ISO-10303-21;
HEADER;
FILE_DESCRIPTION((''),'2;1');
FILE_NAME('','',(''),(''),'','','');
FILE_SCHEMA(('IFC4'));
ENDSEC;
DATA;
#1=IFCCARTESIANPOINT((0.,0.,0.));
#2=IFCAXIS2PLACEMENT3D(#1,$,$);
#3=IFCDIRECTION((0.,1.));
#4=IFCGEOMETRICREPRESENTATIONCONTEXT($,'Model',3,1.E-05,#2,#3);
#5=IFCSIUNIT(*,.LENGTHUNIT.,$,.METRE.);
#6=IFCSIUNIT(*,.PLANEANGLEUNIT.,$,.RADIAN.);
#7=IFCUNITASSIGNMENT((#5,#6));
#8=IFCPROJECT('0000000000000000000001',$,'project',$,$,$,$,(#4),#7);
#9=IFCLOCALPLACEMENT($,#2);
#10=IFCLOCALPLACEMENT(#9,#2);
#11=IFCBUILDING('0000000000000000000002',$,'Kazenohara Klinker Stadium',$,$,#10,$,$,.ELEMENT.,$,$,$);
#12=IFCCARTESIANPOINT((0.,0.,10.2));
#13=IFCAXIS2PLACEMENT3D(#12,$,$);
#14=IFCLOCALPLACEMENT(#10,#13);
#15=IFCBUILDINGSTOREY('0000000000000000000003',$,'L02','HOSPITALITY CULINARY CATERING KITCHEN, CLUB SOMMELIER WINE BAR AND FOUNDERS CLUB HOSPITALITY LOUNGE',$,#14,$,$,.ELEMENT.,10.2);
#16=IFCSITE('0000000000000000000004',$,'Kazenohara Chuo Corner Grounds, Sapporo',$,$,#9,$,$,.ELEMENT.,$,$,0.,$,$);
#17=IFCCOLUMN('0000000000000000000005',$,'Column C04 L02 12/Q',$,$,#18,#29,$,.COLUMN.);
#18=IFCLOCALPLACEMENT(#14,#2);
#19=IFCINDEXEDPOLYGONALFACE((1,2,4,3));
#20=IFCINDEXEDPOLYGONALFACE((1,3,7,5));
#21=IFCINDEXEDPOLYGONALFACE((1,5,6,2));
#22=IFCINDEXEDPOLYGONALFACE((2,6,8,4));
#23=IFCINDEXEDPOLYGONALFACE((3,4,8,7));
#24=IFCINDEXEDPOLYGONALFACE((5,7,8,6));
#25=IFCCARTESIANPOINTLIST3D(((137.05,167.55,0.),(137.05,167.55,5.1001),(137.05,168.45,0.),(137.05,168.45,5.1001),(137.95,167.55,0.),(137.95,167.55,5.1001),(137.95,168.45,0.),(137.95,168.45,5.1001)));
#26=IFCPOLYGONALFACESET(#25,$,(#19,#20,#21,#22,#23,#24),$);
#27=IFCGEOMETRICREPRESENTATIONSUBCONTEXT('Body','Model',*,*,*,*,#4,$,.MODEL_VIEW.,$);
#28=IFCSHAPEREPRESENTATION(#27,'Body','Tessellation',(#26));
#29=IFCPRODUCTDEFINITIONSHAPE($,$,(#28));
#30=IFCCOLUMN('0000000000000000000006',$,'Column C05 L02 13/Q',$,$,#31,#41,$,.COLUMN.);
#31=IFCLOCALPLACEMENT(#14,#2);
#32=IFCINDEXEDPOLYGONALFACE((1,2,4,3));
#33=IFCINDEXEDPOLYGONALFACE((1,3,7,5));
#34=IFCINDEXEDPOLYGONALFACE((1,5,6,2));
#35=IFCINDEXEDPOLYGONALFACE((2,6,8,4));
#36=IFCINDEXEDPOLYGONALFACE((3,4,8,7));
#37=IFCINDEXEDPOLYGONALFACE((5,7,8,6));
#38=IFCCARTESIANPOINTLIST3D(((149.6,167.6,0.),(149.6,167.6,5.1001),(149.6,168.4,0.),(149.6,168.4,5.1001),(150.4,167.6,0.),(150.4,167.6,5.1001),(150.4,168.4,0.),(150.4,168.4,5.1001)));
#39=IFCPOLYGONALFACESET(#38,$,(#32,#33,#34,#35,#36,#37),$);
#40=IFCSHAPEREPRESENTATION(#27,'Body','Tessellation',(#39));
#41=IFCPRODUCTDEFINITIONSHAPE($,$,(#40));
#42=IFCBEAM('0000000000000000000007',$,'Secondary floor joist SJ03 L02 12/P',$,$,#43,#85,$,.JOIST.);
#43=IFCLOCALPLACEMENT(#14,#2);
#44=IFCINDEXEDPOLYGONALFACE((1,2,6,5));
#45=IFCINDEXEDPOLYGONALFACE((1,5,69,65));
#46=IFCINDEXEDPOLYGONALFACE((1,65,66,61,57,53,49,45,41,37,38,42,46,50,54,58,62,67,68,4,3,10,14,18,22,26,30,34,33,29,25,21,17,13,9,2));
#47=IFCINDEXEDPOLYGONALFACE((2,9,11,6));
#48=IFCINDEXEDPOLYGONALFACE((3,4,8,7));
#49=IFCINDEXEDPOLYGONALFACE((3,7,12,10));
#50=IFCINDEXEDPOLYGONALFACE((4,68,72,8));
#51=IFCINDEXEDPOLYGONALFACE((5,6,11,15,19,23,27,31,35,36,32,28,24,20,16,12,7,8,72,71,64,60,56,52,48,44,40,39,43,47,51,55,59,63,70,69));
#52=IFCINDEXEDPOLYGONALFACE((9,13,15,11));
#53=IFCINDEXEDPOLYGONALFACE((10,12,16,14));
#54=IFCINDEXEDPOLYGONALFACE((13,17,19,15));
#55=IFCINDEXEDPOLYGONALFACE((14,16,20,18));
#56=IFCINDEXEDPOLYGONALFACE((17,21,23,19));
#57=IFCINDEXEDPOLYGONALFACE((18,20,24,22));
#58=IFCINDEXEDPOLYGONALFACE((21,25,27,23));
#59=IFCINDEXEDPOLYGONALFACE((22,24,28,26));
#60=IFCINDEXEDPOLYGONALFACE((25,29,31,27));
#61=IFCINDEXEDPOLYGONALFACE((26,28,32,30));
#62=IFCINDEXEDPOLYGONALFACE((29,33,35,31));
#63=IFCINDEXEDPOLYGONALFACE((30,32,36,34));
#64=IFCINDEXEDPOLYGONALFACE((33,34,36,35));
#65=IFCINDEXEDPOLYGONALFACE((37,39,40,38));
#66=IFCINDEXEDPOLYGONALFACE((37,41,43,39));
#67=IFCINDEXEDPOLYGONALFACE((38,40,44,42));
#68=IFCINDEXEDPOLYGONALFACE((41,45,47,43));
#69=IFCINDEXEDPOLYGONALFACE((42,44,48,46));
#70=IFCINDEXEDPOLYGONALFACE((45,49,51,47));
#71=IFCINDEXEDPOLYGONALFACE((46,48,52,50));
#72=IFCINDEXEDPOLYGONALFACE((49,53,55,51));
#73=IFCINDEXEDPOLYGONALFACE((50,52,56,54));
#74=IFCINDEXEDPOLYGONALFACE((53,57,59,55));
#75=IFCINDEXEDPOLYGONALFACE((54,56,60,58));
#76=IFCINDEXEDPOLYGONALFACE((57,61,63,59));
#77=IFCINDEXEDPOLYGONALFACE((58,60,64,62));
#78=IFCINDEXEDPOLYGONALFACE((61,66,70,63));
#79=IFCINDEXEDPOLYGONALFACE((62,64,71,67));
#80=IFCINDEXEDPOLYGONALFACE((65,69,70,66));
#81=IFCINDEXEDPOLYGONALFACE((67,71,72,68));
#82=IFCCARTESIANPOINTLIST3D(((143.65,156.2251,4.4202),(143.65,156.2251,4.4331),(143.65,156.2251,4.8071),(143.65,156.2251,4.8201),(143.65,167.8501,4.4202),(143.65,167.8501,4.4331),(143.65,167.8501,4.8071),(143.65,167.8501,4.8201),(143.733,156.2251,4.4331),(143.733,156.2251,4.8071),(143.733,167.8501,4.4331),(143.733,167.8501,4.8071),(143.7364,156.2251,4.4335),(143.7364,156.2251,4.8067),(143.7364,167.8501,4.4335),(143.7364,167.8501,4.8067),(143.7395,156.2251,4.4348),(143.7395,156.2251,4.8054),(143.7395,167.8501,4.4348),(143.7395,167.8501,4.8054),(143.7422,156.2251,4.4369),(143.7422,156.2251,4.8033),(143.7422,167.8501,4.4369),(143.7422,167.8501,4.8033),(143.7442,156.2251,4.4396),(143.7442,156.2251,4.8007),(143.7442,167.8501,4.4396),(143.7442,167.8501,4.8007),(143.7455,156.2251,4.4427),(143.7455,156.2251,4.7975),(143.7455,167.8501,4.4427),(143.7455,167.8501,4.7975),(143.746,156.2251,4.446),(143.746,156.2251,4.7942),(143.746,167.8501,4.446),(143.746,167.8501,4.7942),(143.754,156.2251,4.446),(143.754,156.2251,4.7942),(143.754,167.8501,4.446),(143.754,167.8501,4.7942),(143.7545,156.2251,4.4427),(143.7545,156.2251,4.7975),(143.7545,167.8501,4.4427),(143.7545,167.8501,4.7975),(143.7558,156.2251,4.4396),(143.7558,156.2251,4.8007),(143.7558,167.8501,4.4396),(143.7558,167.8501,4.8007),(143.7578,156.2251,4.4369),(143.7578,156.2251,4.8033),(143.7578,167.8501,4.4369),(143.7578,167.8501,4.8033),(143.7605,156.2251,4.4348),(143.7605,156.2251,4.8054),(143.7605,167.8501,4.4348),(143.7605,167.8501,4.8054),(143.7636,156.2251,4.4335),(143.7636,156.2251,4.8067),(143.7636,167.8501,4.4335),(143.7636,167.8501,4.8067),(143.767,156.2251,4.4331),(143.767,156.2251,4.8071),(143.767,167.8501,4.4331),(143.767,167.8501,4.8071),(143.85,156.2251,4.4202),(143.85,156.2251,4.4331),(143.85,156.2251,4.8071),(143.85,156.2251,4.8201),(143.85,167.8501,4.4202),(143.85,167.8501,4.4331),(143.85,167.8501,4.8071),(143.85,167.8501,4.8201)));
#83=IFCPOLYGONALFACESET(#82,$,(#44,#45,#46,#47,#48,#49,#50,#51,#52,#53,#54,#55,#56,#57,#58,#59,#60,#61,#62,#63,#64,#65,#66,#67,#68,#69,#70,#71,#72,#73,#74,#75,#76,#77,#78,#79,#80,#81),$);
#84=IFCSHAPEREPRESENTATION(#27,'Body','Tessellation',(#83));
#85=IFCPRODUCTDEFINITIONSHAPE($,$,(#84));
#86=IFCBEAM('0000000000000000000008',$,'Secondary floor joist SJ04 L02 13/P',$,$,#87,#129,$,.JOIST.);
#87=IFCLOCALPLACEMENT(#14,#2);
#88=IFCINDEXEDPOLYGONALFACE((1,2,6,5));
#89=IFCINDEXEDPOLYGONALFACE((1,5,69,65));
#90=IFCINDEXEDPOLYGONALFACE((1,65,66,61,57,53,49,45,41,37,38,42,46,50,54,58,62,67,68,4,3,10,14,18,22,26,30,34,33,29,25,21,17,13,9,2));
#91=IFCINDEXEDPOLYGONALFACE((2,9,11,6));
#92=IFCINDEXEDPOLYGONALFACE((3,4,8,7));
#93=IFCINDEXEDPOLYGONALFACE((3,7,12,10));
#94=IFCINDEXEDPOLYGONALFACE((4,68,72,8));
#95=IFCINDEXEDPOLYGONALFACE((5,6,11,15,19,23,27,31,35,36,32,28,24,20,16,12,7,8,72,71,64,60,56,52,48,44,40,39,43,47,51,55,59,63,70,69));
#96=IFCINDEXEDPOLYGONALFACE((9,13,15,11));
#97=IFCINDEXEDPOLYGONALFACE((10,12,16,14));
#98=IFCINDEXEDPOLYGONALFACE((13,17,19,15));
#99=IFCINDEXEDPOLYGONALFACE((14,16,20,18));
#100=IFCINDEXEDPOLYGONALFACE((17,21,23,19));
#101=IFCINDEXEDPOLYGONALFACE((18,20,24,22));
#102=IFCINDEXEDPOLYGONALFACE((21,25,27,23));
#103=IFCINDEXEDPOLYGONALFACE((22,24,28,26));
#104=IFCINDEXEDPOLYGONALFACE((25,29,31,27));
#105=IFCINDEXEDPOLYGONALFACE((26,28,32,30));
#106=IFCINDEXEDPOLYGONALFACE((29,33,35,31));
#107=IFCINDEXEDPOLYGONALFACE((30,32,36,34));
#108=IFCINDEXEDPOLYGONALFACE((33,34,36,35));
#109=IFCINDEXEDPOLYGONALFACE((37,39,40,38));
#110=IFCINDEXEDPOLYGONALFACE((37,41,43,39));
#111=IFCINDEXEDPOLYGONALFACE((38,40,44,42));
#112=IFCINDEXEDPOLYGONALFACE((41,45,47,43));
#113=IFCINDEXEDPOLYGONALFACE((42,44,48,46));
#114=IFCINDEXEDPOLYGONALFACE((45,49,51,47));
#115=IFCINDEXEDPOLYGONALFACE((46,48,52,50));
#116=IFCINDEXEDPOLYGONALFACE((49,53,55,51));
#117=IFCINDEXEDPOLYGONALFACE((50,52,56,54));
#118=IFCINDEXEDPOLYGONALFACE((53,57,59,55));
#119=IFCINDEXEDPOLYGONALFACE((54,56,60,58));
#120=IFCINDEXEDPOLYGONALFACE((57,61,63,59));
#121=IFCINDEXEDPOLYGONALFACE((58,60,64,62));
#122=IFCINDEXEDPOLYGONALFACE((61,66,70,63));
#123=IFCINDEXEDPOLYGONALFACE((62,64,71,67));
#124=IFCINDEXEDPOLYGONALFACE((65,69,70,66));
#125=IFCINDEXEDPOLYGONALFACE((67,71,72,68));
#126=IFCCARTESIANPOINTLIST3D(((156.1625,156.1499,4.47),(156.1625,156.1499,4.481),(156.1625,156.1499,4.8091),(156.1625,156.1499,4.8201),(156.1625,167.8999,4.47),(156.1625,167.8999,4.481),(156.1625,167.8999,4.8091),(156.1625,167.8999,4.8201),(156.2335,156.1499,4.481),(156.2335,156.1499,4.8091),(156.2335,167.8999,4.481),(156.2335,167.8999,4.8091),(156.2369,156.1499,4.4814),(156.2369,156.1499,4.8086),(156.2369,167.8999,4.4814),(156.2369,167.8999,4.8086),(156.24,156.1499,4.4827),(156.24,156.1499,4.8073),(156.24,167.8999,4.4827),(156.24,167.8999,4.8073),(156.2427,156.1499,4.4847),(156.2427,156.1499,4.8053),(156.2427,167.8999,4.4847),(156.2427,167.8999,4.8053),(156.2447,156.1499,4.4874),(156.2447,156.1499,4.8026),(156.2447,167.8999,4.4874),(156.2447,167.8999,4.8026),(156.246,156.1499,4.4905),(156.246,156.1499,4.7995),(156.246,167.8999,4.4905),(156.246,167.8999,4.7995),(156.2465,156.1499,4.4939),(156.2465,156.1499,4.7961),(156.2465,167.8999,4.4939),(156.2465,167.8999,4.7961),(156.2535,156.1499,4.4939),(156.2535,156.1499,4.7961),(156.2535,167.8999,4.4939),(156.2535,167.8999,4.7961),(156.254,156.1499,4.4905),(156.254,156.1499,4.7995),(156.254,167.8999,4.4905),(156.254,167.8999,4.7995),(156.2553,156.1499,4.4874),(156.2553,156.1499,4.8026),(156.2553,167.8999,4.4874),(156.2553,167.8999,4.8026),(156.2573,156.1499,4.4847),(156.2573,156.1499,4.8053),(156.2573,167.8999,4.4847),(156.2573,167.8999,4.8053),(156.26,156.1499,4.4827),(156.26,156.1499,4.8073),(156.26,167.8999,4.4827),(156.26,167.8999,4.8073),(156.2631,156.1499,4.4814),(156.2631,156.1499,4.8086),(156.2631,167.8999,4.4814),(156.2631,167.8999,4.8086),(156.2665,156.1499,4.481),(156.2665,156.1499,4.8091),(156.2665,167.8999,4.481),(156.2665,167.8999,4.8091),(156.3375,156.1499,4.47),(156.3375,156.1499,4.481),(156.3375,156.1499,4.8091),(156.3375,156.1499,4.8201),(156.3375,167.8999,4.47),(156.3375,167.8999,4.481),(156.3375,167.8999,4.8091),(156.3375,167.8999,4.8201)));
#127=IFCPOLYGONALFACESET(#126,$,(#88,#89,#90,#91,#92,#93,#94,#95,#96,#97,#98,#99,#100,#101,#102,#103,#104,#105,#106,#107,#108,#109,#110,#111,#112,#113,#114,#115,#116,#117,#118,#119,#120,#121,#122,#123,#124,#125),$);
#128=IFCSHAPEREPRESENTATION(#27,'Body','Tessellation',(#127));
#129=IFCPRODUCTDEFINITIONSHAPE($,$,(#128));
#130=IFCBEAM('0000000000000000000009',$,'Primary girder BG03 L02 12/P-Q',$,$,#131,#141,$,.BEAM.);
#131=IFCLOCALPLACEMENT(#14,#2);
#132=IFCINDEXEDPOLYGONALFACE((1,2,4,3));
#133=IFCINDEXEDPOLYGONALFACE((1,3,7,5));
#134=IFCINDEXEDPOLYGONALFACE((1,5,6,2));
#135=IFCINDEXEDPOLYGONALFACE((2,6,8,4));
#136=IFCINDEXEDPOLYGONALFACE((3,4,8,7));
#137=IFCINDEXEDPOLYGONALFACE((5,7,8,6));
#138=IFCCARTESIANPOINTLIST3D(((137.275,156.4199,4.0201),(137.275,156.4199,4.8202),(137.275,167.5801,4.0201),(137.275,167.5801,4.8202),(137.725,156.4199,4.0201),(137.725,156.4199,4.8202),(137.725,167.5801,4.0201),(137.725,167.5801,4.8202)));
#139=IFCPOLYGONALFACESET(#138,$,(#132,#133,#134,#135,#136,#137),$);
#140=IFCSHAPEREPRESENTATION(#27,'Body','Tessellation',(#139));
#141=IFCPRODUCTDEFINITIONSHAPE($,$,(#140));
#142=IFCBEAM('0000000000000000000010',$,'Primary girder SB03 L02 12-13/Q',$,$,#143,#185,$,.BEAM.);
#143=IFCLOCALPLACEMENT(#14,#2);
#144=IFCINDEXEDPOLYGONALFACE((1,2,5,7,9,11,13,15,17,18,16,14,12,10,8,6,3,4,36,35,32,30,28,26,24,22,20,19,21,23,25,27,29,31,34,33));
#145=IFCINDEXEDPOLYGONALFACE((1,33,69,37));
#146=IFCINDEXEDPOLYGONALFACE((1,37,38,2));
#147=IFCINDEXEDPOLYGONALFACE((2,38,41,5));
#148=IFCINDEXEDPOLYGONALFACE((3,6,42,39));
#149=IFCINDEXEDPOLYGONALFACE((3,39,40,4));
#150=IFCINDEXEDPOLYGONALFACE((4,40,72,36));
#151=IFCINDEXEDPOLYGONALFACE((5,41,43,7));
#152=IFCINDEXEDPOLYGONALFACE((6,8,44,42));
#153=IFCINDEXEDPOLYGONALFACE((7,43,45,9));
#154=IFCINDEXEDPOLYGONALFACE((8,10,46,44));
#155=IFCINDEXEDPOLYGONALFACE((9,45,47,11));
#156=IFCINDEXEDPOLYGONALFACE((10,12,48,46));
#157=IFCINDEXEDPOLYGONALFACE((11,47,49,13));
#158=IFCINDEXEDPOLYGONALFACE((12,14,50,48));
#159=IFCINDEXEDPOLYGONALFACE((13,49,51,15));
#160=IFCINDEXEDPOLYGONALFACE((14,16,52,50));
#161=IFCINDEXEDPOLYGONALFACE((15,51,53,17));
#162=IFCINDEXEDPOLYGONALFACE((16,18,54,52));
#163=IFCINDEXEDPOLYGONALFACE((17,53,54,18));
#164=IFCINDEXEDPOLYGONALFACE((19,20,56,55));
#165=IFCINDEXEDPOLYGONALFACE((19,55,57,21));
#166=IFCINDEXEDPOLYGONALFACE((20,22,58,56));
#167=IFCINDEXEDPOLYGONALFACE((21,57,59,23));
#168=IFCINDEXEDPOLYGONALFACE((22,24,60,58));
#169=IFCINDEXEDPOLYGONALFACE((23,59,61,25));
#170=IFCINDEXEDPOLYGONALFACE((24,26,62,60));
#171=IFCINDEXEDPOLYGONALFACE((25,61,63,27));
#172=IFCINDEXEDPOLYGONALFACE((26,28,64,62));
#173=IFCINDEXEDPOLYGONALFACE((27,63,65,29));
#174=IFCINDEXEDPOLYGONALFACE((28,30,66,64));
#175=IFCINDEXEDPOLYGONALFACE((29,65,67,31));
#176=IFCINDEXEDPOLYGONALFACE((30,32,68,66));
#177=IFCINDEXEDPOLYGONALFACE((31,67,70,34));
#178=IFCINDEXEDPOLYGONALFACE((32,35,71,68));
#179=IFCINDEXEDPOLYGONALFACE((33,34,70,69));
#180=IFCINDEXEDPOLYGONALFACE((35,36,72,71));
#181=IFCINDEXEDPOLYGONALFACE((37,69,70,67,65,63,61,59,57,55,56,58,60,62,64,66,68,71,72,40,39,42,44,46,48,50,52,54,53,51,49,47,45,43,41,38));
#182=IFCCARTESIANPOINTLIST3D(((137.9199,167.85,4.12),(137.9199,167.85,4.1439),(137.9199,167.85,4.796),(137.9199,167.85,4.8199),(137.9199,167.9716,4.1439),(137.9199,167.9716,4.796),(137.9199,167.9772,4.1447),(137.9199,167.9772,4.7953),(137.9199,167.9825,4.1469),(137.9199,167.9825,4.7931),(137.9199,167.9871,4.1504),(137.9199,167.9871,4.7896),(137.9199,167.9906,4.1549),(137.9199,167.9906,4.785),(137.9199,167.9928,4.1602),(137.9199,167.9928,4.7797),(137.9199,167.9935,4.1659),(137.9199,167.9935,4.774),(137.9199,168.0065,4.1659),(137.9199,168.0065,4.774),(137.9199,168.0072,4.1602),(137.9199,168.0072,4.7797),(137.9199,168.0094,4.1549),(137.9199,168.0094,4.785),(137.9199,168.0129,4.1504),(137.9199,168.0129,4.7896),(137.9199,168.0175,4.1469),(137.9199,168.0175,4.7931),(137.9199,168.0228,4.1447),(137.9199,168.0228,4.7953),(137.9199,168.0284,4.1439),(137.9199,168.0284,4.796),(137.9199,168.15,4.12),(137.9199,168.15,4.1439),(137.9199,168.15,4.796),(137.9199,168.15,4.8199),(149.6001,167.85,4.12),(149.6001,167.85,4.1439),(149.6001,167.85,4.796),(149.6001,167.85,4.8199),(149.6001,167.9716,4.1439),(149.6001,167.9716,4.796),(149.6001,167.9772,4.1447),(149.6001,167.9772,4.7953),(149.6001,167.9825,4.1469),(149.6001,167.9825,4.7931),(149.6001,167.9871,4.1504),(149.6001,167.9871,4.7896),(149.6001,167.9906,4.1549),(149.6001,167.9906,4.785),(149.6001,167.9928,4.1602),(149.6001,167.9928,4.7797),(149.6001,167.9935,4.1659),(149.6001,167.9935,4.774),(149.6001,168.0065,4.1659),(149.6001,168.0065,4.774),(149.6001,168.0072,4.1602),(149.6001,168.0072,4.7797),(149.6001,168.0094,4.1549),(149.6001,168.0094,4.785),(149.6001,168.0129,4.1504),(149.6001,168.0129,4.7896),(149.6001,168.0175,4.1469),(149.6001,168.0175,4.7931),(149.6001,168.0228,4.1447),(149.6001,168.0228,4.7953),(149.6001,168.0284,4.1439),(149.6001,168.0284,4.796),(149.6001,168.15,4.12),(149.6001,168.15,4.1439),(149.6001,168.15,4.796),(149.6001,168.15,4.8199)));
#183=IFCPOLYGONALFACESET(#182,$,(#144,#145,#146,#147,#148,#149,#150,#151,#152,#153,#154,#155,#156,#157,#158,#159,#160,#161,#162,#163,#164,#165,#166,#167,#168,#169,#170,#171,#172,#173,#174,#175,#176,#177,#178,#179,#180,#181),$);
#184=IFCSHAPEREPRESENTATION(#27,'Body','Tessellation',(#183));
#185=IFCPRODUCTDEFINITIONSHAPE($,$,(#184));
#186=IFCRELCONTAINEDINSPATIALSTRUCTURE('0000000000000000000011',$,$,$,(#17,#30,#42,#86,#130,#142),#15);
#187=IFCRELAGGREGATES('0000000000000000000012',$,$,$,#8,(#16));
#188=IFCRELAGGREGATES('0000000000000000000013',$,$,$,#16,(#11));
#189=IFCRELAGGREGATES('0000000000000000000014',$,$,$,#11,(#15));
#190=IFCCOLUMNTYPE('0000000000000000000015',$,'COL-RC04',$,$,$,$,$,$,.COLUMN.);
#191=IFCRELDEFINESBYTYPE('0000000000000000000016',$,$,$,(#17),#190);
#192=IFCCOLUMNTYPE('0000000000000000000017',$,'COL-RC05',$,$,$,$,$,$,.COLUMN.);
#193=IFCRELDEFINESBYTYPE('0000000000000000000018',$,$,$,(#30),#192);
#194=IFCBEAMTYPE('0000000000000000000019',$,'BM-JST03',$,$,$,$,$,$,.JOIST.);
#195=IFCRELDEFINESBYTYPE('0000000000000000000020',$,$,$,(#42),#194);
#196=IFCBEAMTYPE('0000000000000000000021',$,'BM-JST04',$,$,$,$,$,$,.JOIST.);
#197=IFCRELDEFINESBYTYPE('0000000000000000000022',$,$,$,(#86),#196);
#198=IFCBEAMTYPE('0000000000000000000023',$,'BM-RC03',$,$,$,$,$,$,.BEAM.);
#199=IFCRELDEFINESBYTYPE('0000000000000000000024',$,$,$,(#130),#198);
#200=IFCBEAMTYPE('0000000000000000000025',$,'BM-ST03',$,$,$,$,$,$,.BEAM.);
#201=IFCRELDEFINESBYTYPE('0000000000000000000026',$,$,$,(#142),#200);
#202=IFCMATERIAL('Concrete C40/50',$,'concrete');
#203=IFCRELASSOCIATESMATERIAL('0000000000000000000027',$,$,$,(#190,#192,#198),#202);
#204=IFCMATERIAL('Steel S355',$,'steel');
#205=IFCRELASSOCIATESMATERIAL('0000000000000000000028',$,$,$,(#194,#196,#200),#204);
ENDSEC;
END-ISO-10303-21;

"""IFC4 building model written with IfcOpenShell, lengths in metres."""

from ifc_helpers import new_model, si_unit, direction, frame, origin, origin_2d, place, context, subcontext, project, spatial, rectangle, i_section, extrude, material, material_profile, profile_set, type_object, element, save


model = new_model("IFC4")

# Units and contexts
model_context = context("Model", 3, precision=1e-05, world=origin(), true_north=direction((0.0, 1.0)))
body_context = subcontext(model_context, "Body", "Model", "MODEL_VIEW")
ifc_project = project(units=[si_unit("LENGTHUNIT", "METRE"), si_unit("PLANEANGLEUNIT", "RADIAN")], contexts=[model_context])

# Site, building, storey
site_placement = place(None, origin())
site = spatial("IfcSite", under=ifc_project, at=site_placement, Name="Kazenohara Chuo Corner Grounds, Sapporo", CompositionType="ELEMENT", RefElevation=0.0)
building_placement = place(site_placement, origin())
building = spatial("IfcBuilding", under=site, at=building_placement, Name="Kazenohara Klinker Stadium", CompositionType="ELEMENT")
storey_placement = place(building_placement, frame((0.0, 0.0, 10.2)))
storey = spatial("IfcBuildingStorey", under=building, at=storey_placement, Name="L02", Description="HOSPITALITY CULINARY CATERING KITCHEN, CLUB SOMMELIER WINE BAR AND FOUNDERS CLUB HOSPITALITY LOUNGE", CompositionType="ELEMENT", Elevation=10.2)

# Columns
ifc_material_1 = material(Name="Concrete C40/50", Category="concrete")
ifc_material_profile_1 = material_profile(ifc_material_1, rectangle(XDim=0.8999, YDim=0.8999, at=origin_2d()), Name="RC-COL-900x900")
ifc_profile_set_1 = profile_set([ifc_material_profile_1], Name="Concrete C40/50")
column_type_1 = type_object("IfcColumnType", Name="COL-RC04", PredefinedType="COLUMN", material=ifc_profile_set_1)
column_1_placement = place(storey_placement, frame((137.5, 168.0, 0.0), z_axis=(0.0, 0.0, 1.0), x_axis=(1.0, 0.0, 0.0)))
element("IfcColumn", 1, at=column_1_placement, inside=storey, type_object=column_type_1, Name="Column C04 L02 12/Q", PredefinedType="COLUMN", context=body_context, shape_type="SweptSolid", body=[
    extrude(rectangle(XDim=0.8999, YDim=0.8999, at=origin_2d()), origin(), (0.0, 0.0, 1.0), 5.1001),
])
ifc_material_profile_2 = material_profile(ifc_material_1, rectangle(XDim=0.8, YDim=0.8, at=origin_2d()), Name="RC-COL-800x800")
ifc_profile_set_2 = profile_set([ifc_material_profile_2], Name="Concrete C40/50")
column_type_2 = type_object("IfcColumnType", Name="COL-RC05", PredefinedType="COLUMN", material=ifc_profile_set_2)
column_2_placement = place(storey_placement, frame((150.0, 168.0, 0.0), z_axis=(0.0, 0.0, 1.0), x_axis=(1.0, 0.0, 0.0)))
element("IfcColumn", 2, at=column_2_placement, inside=storey, type_object=column_type_2, Name="Column C05 L02 13/Q", PredefinedType="COLUMN", context=body_context, shape_type="SweptSolid", body=[
    extrude(rectangle(XDim=0.8, YDim=0.8, at=origin_2d()), origin(), (0.0, 0.0, 1.0), 5.1001),
])

# Beams
ifc_material_2 = material(Name="Steel S355", Category="steel")
ifc_material_profile_3 = material_profile(ifc_material_2, i_section(OverallWidth=0.2, OverallDepth=0.3999, WebThickness=0.0081, FlangeThickness=0.0129, FilletRadius=0.0129, at=origin_2d()), Name="H-400x200x8x13")
ifc_profile_set_3 = profile_set([ifc_material_profile_3], Name="Steel S355")
beam_type_1 = type_object("IfcBeamType", Name="BM-JST03", PredefinedType="JOIST", material=ifc_profile_set_3)
beam_1_placement = place(storey_placement, frame((143.75, 156.2251, 4.6201), z_axis=(0.0, 1.0, 0.0), x_axis=(-1.0, 0.0, 0.0)))
element("IfcBeam", 3, at=beam_1_placement, inside=storey, type_object=beam_type_1, Name="Secondary floor joist SJ03 L02 12/P", PredefinedType="JOIST", context=body_context, shape_type="SweptSolid", body=[
    extrude(i_section(OverallWidth=0.2, OverallDepth=0.3999, WebThickness=0.0081, FlangeThickness=0.0129, FilletRadius=0.0129, at=origin_2d()), origin(), (0.0, 0.0, 1.0), 11.625),
])
ifc_material_profile_4 = material_profile(ifc_material_2, i_section(OverallWidth=0.175, OverallDepth=0.3501, WebThickness=0.0071, FlangeThickness=0.011, FilletRadius=0.0129, at=origin_2d()), Name="H-350x175x7x11")
ifc_profile_set_4 = profile_set([ifc_material_profile_4], Name="Steel S355")
beam_type_2 = type_object("IfcBeamType", Name="BM-JST04", PredefinedType="JOIST", material=ifc_profile_set_4)
beam_2_placement = place(storey_placement, frame((156.25, 156.1499, 4.645), z_axis=(0.0, 1.0, 0.0), x_axis=(-1.0, 0.0, 0.0)))
element("IfcBeam", 4, at=beam_2_placement, inside=storey, type_object=beam_type_2, Name="Secondary floor joist SJ04 L02 13/P", PredefinedType="JOIST", context=body_context, shape_type="SweptSolid", body=[
    extrude(i_section(OverallWidth=0.175, OverallDepth=0.3501, WebThickness=0.0071, FlangeThickness=0.011, FilletRadius=0.0129, at=origin_2d()), origin(), (0.0, 0.0, 1.0), 11.75),
])
ifc_material_profile_5 = material_profile(ifc_material_1, rectangle(XDim=0.45, YDim=0.8, at=origin_2d()), Name="RC-BM-450x800")
ifc_profile_set_5 = profile_set([ifc_material_profile_5], Name="Concrete C40/50")
beam_type_3 = type_object("IfcBeamType", Name="BM-RC03", PredefinedType="BEAM", material=ifc_profile_set_5)
beam_3_placement = place(storey_placement, frame((137.5, 156.4199, 4.4202), z_axis=(0.0, 1.0, 0.0), x_axis=(-1.0, 0.0, 0.0)))
element("IfcBeam", 5, at=beam_3_placement, inside=storey, type_object=beam_type_3, Name="Primary girder BG03 L02 12/P-Q", PredefinedType="BEAM", context=body_context, shape_type="SweptSolid", body=[
    extrude(rectangle(XDim=0.45, YDim=0.8, at=origin_2d()), origin(), (0.0, 0.0, 1.0), 11.1602),
])
ifc_material_profile_6 = material_profile(ifc_material_2, i_section(OverallWidth=0.3, OverallDepth=0.7, WebThickness=0.0129, FlangeThickness=0.0239, FilletRadius=0.022, at=origin_2d()), Name="H-700x300x13x24")
ifc_profile_set_6 = profile_set([ifc_material_profile_6], Name="Steel S355")
beam_type_4 = type_object("IfcBeamType", Name="BM-ST03", PredefinedType="BEAM", material=ifc_profile_set_6)
for number, where, z_axis, x_axis, name in (
    (6, (137.9199, 168.0, 4.47), (1.0, 0.0, 0.0), (0.0, 1.0, 0.0), "Primary girder SB03 L02 12-13/Q"),
):
    element("IfcBeam", number, at=place(storey_placement, frame(where, z_axis=z_axis, x_axis=x_axis)), inside=storey, type_object=beam_type_4, Name=name, PredefinedType="BEAM", context=body_context, shape_type="SweptSolid", body=[
        extrude(i_section(OverallWidth=0.3, OverallDepth=0.7, WebThickness=0.0129, FlangeThickness=0.0239, FilletRadius=0.022, at=origin_2d()), origin(), (0.0, 0.0, 1.0), 11.6802),
    ])

save(model, "model.ifc")
